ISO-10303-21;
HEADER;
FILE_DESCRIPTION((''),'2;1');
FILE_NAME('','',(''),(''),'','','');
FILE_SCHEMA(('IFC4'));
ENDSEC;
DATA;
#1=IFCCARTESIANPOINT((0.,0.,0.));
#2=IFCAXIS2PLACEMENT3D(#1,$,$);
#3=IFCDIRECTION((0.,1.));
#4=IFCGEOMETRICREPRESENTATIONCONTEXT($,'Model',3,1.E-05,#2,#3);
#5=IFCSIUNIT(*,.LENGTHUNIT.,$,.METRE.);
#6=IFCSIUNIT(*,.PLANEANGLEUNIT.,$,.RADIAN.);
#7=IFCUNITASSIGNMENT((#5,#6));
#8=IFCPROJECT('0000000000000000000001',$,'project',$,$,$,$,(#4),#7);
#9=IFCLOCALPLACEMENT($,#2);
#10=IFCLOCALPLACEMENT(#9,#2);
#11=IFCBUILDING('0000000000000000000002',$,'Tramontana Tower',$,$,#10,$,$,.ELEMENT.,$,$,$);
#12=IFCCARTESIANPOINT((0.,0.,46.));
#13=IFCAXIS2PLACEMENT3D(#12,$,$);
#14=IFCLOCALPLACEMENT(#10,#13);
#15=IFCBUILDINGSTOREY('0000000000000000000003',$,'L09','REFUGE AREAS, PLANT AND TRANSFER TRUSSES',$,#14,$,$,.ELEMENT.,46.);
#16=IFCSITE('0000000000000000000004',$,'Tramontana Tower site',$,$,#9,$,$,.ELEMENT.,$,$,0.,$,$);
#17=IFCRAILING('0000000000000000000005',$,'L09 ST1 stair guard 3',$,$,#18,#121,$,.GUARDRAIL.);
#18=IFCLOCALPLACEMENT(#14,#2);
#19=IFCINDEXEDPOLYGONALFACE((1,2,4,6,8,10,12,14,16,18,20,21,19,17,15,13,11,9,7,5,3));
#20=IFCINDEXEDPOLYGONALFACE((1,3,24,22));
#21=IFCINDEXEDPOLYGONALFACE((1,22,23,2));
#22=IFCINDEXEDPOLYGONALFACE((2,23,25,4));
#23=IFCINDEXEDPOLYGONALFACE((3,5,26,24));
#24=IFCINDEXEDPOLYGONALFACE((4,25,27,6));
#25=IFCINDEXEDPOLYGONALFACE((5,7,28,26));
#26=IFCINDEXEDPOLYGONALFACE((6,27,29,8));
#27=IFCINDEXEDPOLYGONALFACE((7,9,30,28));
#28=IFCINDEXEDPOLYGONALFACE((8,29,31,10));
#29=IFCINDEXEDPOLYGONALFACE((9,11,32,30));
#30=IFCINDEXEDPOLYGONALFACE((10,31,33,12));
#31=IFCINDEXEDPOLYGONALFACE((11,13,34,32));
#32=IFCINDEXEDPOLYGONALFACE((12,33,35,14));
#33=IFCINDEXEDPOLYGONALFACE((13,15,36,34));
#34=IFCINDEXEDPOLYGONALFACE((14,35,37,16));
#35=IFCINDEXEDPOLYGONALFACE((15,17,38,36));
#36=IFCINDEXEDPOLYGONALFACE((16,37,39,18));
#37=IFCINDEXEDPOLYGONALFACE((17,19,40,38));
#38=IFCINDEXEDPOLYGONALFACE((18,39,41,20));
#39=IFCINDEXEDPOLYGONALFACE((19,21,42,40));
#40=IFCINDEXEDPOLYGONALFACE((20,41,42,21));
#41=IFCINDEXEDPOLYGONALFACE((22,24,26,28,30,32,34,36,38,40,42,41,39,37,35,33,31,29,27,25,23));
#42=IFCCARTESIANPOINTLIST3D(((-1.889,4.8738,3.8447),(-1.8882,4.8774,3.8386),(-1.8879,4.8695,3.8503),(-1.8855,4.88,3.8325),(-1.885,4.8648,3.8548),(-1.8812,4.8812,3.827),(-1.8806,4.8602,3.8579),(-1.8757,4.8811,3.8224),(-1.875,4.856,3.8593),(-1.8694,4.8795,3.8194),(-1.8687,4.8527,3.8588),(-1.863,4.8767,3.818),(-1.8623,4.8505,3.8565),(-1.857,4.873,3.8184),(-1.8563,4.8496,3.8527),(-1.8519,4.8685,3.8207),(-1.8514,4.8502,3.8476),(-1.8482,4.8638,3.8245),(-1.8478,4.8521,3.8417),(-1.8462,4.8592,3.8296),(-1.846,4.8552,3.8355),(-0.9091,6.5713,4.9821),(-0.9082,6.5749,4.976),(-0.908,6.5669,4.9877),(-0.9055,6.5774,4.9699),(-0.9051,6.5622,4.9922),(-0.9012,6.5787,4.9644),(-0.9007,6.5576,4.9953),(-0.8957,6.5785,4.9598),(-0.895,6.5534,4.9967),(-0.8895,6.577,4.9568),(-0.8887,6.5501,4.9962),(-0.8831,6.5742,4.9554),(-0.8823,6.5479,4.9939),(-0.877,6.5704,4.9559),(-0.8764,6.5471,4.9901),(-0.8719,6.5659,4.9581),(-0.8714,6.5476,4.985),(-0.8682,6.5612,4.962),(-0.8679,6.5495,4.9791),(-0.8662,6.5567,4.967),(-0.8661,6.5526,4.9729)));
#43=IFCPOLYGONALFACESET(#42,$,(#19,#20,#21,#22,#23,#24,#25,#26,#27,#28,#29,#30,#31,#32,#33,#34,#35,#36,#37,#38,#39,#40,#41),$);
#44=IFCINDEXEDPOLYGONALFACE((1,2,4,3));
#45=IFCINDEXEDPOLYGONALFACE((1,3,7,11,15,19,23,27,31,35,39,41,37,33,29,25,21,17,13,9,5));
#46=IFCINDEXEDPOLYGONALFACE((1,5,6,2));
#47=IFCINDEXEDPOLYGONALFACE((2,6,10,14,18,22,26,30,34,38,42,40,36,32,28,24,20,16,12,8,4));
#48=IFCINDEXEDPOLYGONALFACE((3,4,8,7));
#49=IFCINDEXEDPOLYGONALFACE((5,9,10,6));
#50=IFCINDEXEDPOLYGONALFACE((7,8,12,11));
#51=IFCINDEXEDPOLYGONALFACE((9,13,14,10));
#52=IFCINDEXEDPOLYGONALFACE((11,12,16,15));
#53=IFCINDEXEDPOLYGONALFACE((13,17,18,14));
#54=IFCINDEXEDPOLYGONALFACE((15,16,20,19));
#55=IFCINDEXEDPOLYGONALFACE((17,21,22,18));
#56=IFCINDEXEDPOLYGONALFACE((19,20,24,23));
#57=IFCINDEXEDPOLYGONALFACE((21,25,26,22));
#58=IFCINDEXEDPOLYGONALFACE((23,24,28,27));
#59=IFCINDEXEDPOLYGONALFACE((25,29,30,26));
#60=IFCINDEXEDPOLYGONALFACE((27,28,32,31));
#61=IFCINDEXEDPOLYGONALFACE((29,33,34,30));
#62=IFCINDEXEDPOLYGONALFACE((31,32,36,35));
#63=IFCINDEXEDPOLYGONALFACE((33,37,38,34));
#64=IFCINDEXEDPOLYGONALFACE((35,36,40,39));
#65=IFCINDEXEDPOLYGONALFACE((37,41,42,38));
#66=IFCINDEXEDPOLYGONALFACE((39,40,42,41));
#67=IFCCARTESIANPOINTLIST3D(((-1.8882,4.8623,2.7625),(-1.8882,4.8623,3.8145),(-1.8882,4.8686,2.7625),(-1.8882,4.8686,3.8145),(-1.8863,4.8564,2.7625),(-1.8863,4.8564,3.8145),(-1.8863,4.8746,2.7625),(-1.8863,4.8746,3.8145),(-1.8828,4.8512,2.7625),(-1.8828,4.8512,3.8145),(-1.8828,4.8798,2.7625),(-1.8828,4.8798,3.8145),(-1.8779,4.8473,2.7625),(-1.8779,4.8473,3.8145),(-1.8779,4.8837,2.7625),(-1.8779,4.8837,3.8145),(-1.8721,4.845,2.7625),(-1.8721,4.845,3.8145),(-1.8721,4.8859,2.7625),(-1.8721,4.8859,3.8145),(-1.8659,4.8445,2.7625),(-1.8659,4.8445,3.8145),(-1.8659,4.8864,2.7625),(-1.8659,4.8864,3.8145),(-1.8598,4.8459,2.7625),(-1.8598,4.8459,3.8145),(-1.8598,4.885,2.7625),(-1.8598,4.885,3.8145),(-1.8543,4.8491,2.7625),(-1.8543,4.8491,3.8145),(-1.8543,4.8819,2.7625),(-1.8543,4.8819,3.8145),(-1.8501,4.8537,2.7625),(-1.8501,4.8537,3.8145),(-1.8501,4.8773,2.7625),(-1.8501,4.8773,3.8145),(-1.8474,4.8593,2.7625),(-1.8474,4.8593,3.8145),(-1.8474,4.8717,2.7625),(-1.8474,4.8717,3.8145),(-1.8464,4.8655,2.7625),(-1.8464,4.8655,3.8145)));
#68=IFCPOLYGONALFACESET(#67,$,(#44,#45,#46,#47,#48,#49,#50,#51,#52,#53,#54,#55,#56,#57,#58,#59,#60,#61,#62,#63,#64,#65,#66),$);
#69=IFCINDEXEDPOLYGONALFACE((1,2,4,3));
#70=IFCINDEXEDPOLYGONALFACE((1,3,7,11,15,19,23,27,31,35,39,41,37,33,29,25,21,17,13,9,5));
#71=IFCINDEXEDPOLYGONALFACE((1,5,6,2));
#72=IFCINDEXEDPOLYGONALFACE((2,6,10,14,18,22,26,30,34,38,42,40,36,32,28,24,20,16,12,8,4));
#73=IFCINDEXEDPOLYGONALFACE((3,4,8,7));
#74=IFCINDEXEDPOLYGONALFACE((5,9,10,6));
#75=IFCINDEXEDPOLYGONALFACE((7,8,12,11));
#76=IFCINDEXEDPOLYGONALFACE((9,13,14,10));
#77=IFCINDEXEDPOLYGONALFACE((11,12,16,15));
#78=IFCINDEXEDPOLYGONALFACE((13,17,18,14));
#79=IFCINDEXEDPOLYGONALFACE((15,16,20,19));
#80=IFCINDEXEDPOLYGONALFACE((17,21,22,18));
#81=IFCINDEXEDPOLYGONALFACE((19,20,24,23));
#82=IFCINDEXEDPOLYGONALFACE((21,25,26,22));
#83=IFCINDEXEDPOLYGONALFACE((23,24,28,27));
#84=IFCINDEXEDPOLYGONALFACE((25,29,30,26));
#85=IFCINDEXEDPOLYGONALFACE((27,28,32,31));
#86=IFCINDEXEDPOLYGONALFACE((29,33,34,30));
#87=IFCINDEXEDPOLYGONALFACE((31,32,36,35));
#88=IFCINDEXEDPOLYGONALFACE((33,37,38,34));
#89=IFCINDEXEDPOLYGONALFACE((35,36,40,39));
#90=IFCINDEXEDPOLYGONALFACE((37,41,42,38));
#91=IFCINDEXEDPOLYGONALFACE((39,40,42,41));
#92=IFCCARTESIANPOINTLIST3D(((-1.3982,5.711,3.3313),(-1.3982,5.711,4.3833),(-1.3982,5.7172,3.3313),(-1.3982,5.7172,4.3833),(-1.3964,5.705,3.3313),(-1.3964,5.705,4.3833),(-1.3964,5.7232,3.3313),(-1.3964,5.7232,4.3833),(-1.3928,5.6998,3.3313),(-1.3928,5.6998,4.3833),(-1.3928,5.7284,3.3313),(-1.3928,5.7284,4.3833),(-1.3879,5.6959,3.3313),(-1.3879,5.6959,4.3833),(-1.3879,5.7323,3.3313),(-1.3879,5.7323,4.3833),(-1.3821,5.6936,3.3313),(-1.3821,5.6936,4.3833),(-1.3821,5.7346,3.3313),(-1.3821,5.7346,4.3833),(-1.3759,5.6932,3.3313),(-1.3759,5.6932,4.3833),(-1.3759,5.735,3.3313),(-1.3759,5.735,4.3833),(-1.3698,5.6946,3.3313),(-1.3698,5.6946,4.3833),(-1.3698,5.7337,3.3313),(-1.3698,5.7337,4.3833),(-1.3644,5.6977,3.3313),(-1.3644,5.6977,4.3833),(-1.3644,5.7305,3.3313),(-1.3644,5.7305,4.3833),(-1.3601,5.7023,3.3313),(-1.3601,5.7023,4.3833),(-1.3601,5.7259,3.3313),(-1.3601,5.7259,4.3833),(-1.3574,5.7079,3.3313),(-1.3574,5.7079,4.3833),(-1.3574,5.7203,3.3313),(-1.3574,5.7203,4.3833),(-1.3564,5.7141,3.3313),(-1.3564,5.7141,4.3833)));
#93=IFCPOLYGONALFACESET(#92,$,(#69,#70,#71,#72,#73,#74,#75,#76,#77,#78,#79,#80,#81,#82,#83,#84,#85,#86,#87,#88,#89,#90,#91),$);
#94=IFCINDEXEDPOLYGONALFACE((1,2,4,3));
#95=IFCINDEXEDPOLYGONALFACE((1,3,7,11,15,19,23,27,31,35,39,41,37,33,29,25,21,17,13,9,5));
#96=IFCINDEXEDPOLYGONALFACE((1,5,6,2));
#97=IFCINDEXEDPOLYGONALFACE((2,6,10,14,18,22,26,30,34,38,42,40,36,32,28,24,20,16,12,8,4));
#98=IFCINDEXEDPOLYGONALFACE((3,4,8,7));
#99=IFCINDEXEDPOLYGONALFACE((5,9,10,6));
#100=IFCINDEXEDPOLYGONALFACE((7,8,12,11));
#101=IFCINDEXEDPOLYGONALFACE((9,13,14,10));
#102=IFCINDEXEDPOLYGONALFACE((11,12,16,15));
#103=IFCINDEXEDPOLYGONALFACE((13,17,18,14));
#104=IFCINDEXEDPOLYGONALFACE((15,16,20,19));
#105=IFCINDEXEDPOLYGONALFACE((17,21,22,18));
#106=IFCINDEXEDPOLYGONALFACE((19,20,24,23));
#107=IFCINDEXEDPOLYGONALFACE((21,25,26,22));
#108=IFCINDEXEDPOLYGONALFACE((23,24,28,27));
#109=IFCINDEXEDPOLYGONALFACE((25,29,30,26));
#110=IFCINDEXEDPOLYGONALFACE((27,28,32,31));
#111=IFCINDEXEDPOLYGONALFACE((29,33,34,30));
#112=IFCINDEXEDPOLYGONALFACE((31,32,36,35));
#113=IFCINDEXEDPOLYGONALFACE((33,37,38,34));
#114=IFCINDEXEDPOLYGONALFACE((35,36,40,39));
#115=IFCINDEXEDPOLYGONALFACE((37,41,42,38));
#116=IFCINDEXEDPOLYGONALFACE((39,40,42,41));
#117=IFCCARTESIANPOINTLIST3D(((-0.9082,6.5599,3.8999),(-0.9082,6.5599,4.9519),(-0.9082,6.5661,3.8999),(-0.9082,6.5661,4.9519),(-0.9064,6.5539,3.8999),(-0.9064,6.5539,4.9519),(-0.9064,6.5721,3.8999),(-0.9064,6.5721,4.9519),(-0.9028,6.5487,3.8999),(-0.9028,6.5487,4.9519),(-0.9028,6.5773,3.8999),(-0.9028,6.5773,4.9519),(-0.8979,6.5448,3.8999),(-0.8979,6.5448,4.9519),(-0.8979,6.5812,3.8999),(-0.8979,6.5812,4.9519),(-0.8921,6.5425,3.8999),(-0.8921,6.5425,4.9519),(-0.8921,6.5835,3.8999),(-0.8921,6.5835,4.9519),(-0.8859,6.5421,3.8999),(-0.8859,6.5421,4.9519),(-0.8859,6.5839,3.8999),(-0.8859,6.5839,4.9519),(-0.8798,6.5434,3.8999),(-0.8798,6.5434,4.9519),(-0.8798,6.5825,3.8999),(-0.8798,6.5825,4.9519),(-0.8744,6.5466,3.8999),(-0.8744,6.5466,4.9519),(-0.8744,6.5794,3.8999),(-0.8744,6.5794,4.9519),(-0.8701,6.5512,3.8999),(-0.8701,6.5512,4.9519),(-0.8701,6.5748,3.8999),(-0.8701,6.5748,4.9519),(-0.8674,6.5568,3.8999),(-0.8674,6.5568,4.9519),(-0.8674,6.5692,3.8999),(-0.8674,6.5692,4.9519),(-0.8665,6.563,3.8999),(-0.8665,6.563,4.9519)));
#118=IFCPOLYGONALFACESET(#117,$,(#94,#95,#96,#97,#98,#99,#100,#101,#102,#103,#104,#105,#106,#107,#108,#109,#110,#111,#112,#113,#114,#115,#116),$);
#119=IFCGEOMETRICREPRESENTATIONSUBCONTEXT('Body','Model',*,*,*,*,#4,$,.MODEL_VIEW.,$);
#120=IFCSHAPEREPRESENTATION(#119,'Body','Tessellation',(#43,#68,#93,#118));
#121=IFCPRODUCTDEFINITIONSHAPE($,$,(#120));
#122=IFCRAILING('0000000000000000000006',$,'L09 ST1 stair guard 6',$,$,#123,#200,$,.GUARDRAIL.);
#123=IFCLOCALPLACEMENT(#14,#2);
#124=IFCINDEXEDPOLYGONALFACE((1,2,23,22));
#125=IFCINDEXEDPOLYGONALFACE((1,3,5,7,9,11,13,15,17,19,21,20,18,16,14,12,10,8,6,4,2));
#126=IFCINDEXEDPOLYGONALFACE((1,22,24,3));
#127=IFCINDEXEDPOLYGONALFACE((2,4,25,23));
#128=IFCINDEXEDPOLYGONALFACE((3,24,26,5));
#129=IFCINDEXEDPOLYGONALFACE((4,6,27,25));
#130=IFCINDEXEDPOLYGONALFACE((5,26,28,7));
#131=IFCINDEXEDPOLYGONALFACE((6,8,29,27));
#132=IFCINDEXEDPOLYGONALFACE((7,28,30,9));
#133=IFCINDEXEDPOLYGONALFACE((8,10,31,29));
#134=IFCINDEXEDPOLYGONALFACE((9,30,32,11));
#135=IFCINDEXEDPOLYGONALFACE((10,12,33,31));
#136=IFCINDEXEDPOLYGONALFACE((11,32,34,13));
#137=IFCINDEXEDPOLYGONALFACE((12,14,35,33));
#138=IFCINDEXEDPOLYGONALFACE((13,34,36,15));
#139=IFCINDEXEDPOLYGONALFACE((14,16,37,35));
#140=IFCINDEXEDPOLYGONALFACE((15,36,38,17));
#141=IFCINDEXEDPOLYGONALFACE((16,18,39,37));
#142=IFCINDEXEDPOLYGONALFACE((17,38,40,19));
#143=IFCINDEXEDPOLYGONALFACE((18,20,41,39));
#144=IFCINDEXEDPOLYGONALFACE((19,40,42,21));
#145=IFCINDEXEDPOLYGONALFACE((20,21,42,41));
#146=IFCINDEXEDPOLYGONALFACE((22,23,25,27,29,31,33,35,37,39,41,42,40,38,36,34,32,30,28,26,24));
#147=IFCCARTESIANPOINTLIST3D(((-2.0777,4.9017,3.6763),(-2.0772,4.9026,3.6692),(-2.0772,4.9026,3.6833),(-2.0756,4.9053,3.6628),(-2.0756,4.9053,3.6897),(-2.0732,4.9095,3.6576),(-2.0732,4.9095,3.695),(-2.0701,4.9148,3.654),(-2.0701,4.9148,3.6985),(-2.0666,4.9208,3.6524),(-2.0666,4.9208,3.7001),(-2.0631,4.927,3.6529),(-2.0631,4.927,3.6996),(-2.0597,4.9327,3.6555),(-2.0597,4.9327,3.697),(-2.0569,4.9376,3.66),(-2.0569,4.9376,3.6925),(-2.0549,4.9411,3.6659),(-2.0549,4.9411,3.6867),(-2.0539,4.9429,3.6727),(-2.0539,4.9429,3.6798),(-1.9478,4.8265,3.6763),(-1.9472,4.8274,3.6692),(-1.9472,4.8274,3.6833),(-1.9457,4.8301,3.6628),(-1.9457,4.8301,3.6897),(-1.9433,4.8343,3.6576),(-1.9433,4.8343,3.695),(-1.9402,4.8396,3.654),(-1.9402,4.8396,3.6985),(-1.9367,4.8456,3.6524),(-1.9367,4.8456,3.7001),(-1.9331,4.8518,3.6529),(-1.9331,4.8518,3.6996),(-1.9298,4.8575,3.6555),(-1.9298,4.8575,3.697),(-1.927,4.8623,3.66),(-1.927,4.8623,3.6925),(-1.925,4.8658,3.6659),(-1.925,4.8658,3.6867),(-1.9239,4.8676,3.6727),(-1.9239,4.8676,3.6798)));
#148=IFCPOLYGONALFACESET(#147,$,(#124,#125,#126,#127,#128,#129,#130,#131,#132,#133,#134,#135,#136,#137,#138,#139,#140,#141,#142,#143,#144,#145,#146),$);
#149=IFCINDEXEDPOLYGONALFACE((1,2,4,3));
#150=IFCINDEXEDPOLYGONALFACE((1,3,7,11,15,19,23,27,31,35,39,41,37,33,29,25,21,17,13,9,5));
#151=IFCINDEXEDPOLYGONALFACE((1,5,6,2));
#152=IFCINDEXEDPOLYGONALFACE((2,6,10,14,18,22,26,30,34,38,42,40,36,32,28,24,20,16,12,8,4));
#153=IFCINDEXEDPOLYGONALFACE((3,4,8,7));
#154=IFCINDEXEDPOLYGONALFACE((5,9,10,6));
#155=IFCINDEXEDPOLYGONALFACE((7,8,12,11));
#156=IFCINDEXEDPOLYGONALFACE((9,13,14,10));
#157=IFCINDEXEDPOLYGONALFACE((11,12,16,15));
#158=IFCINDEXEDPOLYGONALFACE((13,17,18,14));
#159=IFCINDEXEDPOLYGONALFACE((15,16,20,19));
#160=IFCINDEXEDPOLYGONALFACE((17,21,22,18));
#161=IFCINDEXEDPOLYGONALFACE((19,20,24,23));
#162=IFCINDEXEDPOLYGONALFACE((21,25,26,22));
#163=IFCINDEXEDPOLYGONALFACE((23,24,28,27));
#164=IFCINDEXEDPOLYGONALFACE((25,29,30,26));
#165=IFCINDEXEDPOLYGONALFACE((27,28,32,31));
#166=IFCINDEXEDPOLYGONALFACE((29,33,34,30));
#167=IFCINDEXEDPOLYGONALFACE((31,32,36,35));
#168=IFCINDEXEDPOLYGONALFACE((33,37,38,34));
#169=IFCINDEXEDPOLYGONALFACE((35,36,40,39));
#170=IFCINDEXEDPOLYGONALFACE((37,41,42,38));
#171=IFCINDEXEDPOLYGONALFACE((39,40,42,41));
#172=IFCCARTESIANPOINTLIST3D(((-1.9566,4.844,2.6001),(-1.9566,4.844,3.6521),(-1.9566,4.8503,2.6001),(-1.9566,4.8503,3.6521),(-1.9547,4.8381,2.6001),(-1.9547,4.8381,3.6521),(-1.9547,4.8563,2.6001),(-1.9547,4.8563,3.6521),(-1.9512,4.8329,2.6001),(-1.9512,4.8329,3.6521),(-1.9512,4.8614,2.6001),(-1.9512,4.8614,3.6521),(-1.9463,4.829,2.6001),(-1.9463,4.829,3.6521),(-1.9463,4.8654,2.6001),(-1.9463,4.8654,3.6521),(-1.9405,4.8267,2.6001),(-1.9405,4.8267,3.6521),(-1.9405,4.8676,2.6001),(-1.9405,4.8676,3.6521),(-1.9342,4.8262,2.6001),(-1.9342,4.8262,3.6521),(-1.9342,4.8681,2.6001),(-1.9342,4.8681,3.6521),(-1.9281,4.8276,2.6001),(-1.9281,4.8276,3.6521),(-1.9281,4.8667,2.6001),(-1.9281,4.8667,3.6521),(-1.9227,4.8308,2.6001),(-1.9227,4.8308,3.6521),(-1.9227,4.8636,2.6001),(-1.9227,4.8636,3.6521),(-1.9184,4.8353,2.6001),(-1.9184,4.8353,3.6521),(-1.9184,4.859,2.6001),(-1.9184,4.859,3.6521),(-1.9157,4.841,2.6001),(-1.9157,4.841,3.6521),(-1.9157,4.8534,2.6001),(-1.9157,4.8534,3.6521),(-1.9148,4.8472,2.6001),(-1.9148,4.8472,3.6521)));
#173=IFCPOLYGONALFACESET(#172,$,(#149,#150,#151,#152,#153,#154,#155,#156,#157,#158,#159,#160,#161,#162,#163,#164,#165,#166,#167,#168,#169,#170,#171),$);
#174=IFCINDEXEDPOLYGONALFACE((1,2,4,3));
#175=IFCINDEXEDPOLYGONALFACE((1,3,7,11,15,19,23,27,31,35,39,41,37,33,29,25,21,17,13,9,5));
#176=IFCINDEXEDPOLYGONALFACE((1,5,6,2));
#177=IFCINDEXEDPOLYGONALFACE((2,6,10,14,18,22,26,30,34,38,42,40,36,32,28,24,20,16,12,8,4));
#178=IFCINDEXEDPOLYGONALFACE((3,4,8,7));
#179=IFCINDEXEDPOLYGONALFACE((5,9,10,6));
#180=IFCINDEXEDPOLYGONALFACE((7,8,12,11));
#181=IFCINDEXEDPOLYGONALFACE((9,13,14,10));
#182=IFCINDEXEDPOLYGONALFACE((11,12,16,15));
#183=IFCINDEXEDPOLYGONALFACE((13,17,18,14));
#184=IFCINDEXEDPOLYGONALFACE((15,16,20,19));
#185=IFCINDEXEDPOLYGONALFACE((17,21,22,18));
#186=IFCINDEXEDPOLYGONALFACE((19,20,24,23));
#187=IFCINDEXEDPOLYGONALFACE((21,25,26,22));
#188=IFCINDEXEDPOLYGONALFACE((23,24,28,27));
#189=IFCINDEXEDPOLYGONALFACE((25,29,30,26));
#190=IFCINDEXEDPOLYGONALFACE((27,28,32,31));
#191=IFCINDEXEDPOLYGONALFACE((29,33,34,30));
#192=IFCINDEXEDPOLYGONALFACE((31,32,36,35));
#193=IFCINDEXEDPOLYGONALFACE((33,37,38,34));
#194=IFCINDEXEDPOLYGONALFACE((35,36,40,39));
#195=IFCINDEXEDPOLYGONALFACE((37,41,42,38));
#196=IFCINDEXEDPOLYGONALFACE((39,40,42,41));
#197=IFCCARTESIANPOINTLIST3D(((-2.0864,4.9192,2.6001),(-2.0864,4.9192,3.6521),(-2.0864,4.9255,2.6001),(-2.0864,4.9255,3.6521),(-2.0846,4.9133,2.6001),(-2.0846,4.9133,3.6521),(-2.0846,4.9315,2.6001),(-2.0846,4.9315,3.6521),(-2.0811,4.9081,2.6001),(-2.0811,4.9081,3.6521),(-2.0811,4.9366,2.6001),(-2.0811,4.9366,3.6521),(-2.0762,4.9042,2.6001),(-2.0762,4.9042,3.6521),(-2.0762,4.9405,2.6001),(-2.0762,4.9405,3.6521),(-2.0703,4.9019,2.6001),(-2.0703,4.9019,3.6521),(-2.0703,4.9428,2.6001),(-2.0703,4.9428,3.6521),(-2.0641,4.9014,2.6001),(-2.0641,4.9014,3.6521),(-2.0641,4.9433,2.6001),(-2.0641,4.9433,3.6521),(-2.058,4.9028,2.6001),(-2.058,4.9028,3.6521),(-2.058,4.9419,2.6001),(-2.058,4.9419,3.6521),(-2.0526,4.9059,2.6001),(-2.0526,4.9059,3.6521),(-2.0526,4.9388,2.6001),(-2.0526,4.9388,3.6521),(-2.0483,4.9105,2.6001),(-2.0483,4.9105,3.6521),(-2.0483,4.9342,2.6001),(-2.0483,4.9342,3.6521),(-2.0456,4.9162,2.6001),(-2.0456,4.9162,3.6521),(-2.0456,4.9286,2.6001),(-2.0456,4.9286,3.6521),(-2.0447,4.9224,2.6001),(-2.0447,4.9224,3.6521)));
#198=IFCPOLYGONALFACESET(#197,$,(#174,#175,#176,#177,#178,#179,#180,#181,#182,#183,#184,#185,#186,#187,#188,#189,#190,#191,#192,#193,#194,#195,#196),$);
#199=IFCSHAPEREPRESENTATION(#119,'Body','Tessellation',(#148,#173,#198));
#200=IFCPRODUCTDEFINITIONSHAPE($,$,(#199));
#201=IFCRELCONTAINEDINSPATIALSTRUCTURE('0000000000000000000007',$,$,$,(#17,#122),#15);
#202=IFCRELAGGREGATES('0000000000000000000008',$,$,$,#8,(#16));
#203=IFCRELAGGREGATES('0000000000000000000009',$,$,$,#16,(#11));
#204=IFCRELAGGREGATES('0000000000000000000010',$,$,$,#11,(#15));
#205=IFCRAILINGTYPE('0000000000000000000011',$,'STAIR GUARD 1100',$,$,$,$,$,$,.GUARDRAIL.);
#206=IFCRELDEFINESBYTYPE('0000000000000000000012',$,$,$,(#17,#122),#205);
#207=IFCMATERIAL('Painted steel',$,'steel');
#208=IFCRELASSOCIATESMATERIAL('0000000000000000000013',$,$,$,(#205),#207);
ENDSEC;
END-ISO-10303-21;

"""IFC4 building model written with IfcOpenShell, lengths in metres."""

from ifc_helpers import new_model, si_unit, direction, frame, origin, origin_2d, place, context, subcontext, project, spatial, circle, extrude, material, type_object, element, save


model = new_model("IFC4")

# Units and contexts
model_context = context("Model", 3, precision=1e-05, world=origin(), true_north=direction((0.0, 1.0)))
body_context = subcontext(model_context, "Body", "Model", "MODEL_VIEW")
ifc_project = project(units=[si_unit("LENGTHUNIT", "METRE"), si_unit("PLANEANGLEUNIT", "RADIAN")], contexts=[model_context])

# Site, building, storey
site_placement = place(None, origin())
site = spatial("IfcSite", under=ifc_project, at=site_placement, Name="Tramontana Tower site", CompositionType="ELEMENT", RefElevation=0.0)
building_placement = place(site_placement, origin())
building = spatial("IfcBuilding", under=site, at=building_placement, Name="Tramontana Tower", CompositionType="ELEMENT")
storey_placement = place(building_placement, frame((0.0, 0.0, 46.0)))
storey = spatial("IfcBuildingStorey", under=building, at=storey_placement, Name="L09", Description="REFUGE AREAS, PLANT AND TRANSFER TRUSSES", CompositionType="ELEMENT", Elevation=46.0)

# Railings
ifc_material_1 = material(Name="Painted steel", Category="steel")
railing_type_1 = type_object("IfcRailingType", Name="STAIR GUARD 1100", PredefinedType="GUARDRAIL", material=ifc_material_1)
for number, where, name in (
    (1, (-1.8674, 4.8655, 2.7625), "L09 ST1 stair guard 3"),
):
    element("IfcRailing", number, at=place(storey_placement, frame(where)), inside=storey, type_object=railing_type_1, Name=name, PredefinedType="GUARDRAIL", context=body_context, shape_type="SweptSolid", body=[
        extrude(circle(Radius=0.0239, at=origin_2d()), frame((0.0, 0.0, 1.0762), z_axis=(0.432432, 0.749053, 0.501918), x_axis=(-0.866042, 0.49997, 0.0)), (0.0, 0.0, 1.0), 2.2661),
        extrude(circle(Radius=0.021, at=origin_2d()), origin(), (0.0, 0.0, 1.0), 1.052),
        extrude(circle(Radius=0.021, at=origin_2d()), frame((0.49, 0.8486, 0.5688)), (0.0, 0.0, 1.0), 1.052),
        extrude(circle(Radius=0.021, at=origin_2d()), frame((0.98, 1.6975, 1.1375)), (0.0, 0.0, 1.0), 1.052),
    ])
for number, where, name in (
    (2, (-1.9358, 4.8472, 2.6001), "L09 ST1 stair guard 6"),
):
    element("IfcRailing", number, at=place(storey_placement, frame(where)), inside=storey, type_object=railing_type_1, Name=name, PredefinedType="GUARDRAIL", context=body_context, shape_type="SweptSolid", body=[
        extrude(circle(Radius=0.0239, at=origin_2d()), frame((0.0, 0.0, 1.0762), z_axis=(-0.865426, 0.501036, 0.0), x_axis=(-0.501036, -0.865426, 0.0)), (0.0, 0.0, 1.0), 0.1501),
        extrude(circle(Radius=0.021, at=origin_2d()), origin(), (0.0, 0.0, 1.0), 1.052),
        extrude(circle(Radius=0.021, at=origin_2d()), frame((-0.1299, 0.0752, 0.0)), (0.0, 0.0, 1.0), 1.052),
    ])

save(model, "model.ifc")
